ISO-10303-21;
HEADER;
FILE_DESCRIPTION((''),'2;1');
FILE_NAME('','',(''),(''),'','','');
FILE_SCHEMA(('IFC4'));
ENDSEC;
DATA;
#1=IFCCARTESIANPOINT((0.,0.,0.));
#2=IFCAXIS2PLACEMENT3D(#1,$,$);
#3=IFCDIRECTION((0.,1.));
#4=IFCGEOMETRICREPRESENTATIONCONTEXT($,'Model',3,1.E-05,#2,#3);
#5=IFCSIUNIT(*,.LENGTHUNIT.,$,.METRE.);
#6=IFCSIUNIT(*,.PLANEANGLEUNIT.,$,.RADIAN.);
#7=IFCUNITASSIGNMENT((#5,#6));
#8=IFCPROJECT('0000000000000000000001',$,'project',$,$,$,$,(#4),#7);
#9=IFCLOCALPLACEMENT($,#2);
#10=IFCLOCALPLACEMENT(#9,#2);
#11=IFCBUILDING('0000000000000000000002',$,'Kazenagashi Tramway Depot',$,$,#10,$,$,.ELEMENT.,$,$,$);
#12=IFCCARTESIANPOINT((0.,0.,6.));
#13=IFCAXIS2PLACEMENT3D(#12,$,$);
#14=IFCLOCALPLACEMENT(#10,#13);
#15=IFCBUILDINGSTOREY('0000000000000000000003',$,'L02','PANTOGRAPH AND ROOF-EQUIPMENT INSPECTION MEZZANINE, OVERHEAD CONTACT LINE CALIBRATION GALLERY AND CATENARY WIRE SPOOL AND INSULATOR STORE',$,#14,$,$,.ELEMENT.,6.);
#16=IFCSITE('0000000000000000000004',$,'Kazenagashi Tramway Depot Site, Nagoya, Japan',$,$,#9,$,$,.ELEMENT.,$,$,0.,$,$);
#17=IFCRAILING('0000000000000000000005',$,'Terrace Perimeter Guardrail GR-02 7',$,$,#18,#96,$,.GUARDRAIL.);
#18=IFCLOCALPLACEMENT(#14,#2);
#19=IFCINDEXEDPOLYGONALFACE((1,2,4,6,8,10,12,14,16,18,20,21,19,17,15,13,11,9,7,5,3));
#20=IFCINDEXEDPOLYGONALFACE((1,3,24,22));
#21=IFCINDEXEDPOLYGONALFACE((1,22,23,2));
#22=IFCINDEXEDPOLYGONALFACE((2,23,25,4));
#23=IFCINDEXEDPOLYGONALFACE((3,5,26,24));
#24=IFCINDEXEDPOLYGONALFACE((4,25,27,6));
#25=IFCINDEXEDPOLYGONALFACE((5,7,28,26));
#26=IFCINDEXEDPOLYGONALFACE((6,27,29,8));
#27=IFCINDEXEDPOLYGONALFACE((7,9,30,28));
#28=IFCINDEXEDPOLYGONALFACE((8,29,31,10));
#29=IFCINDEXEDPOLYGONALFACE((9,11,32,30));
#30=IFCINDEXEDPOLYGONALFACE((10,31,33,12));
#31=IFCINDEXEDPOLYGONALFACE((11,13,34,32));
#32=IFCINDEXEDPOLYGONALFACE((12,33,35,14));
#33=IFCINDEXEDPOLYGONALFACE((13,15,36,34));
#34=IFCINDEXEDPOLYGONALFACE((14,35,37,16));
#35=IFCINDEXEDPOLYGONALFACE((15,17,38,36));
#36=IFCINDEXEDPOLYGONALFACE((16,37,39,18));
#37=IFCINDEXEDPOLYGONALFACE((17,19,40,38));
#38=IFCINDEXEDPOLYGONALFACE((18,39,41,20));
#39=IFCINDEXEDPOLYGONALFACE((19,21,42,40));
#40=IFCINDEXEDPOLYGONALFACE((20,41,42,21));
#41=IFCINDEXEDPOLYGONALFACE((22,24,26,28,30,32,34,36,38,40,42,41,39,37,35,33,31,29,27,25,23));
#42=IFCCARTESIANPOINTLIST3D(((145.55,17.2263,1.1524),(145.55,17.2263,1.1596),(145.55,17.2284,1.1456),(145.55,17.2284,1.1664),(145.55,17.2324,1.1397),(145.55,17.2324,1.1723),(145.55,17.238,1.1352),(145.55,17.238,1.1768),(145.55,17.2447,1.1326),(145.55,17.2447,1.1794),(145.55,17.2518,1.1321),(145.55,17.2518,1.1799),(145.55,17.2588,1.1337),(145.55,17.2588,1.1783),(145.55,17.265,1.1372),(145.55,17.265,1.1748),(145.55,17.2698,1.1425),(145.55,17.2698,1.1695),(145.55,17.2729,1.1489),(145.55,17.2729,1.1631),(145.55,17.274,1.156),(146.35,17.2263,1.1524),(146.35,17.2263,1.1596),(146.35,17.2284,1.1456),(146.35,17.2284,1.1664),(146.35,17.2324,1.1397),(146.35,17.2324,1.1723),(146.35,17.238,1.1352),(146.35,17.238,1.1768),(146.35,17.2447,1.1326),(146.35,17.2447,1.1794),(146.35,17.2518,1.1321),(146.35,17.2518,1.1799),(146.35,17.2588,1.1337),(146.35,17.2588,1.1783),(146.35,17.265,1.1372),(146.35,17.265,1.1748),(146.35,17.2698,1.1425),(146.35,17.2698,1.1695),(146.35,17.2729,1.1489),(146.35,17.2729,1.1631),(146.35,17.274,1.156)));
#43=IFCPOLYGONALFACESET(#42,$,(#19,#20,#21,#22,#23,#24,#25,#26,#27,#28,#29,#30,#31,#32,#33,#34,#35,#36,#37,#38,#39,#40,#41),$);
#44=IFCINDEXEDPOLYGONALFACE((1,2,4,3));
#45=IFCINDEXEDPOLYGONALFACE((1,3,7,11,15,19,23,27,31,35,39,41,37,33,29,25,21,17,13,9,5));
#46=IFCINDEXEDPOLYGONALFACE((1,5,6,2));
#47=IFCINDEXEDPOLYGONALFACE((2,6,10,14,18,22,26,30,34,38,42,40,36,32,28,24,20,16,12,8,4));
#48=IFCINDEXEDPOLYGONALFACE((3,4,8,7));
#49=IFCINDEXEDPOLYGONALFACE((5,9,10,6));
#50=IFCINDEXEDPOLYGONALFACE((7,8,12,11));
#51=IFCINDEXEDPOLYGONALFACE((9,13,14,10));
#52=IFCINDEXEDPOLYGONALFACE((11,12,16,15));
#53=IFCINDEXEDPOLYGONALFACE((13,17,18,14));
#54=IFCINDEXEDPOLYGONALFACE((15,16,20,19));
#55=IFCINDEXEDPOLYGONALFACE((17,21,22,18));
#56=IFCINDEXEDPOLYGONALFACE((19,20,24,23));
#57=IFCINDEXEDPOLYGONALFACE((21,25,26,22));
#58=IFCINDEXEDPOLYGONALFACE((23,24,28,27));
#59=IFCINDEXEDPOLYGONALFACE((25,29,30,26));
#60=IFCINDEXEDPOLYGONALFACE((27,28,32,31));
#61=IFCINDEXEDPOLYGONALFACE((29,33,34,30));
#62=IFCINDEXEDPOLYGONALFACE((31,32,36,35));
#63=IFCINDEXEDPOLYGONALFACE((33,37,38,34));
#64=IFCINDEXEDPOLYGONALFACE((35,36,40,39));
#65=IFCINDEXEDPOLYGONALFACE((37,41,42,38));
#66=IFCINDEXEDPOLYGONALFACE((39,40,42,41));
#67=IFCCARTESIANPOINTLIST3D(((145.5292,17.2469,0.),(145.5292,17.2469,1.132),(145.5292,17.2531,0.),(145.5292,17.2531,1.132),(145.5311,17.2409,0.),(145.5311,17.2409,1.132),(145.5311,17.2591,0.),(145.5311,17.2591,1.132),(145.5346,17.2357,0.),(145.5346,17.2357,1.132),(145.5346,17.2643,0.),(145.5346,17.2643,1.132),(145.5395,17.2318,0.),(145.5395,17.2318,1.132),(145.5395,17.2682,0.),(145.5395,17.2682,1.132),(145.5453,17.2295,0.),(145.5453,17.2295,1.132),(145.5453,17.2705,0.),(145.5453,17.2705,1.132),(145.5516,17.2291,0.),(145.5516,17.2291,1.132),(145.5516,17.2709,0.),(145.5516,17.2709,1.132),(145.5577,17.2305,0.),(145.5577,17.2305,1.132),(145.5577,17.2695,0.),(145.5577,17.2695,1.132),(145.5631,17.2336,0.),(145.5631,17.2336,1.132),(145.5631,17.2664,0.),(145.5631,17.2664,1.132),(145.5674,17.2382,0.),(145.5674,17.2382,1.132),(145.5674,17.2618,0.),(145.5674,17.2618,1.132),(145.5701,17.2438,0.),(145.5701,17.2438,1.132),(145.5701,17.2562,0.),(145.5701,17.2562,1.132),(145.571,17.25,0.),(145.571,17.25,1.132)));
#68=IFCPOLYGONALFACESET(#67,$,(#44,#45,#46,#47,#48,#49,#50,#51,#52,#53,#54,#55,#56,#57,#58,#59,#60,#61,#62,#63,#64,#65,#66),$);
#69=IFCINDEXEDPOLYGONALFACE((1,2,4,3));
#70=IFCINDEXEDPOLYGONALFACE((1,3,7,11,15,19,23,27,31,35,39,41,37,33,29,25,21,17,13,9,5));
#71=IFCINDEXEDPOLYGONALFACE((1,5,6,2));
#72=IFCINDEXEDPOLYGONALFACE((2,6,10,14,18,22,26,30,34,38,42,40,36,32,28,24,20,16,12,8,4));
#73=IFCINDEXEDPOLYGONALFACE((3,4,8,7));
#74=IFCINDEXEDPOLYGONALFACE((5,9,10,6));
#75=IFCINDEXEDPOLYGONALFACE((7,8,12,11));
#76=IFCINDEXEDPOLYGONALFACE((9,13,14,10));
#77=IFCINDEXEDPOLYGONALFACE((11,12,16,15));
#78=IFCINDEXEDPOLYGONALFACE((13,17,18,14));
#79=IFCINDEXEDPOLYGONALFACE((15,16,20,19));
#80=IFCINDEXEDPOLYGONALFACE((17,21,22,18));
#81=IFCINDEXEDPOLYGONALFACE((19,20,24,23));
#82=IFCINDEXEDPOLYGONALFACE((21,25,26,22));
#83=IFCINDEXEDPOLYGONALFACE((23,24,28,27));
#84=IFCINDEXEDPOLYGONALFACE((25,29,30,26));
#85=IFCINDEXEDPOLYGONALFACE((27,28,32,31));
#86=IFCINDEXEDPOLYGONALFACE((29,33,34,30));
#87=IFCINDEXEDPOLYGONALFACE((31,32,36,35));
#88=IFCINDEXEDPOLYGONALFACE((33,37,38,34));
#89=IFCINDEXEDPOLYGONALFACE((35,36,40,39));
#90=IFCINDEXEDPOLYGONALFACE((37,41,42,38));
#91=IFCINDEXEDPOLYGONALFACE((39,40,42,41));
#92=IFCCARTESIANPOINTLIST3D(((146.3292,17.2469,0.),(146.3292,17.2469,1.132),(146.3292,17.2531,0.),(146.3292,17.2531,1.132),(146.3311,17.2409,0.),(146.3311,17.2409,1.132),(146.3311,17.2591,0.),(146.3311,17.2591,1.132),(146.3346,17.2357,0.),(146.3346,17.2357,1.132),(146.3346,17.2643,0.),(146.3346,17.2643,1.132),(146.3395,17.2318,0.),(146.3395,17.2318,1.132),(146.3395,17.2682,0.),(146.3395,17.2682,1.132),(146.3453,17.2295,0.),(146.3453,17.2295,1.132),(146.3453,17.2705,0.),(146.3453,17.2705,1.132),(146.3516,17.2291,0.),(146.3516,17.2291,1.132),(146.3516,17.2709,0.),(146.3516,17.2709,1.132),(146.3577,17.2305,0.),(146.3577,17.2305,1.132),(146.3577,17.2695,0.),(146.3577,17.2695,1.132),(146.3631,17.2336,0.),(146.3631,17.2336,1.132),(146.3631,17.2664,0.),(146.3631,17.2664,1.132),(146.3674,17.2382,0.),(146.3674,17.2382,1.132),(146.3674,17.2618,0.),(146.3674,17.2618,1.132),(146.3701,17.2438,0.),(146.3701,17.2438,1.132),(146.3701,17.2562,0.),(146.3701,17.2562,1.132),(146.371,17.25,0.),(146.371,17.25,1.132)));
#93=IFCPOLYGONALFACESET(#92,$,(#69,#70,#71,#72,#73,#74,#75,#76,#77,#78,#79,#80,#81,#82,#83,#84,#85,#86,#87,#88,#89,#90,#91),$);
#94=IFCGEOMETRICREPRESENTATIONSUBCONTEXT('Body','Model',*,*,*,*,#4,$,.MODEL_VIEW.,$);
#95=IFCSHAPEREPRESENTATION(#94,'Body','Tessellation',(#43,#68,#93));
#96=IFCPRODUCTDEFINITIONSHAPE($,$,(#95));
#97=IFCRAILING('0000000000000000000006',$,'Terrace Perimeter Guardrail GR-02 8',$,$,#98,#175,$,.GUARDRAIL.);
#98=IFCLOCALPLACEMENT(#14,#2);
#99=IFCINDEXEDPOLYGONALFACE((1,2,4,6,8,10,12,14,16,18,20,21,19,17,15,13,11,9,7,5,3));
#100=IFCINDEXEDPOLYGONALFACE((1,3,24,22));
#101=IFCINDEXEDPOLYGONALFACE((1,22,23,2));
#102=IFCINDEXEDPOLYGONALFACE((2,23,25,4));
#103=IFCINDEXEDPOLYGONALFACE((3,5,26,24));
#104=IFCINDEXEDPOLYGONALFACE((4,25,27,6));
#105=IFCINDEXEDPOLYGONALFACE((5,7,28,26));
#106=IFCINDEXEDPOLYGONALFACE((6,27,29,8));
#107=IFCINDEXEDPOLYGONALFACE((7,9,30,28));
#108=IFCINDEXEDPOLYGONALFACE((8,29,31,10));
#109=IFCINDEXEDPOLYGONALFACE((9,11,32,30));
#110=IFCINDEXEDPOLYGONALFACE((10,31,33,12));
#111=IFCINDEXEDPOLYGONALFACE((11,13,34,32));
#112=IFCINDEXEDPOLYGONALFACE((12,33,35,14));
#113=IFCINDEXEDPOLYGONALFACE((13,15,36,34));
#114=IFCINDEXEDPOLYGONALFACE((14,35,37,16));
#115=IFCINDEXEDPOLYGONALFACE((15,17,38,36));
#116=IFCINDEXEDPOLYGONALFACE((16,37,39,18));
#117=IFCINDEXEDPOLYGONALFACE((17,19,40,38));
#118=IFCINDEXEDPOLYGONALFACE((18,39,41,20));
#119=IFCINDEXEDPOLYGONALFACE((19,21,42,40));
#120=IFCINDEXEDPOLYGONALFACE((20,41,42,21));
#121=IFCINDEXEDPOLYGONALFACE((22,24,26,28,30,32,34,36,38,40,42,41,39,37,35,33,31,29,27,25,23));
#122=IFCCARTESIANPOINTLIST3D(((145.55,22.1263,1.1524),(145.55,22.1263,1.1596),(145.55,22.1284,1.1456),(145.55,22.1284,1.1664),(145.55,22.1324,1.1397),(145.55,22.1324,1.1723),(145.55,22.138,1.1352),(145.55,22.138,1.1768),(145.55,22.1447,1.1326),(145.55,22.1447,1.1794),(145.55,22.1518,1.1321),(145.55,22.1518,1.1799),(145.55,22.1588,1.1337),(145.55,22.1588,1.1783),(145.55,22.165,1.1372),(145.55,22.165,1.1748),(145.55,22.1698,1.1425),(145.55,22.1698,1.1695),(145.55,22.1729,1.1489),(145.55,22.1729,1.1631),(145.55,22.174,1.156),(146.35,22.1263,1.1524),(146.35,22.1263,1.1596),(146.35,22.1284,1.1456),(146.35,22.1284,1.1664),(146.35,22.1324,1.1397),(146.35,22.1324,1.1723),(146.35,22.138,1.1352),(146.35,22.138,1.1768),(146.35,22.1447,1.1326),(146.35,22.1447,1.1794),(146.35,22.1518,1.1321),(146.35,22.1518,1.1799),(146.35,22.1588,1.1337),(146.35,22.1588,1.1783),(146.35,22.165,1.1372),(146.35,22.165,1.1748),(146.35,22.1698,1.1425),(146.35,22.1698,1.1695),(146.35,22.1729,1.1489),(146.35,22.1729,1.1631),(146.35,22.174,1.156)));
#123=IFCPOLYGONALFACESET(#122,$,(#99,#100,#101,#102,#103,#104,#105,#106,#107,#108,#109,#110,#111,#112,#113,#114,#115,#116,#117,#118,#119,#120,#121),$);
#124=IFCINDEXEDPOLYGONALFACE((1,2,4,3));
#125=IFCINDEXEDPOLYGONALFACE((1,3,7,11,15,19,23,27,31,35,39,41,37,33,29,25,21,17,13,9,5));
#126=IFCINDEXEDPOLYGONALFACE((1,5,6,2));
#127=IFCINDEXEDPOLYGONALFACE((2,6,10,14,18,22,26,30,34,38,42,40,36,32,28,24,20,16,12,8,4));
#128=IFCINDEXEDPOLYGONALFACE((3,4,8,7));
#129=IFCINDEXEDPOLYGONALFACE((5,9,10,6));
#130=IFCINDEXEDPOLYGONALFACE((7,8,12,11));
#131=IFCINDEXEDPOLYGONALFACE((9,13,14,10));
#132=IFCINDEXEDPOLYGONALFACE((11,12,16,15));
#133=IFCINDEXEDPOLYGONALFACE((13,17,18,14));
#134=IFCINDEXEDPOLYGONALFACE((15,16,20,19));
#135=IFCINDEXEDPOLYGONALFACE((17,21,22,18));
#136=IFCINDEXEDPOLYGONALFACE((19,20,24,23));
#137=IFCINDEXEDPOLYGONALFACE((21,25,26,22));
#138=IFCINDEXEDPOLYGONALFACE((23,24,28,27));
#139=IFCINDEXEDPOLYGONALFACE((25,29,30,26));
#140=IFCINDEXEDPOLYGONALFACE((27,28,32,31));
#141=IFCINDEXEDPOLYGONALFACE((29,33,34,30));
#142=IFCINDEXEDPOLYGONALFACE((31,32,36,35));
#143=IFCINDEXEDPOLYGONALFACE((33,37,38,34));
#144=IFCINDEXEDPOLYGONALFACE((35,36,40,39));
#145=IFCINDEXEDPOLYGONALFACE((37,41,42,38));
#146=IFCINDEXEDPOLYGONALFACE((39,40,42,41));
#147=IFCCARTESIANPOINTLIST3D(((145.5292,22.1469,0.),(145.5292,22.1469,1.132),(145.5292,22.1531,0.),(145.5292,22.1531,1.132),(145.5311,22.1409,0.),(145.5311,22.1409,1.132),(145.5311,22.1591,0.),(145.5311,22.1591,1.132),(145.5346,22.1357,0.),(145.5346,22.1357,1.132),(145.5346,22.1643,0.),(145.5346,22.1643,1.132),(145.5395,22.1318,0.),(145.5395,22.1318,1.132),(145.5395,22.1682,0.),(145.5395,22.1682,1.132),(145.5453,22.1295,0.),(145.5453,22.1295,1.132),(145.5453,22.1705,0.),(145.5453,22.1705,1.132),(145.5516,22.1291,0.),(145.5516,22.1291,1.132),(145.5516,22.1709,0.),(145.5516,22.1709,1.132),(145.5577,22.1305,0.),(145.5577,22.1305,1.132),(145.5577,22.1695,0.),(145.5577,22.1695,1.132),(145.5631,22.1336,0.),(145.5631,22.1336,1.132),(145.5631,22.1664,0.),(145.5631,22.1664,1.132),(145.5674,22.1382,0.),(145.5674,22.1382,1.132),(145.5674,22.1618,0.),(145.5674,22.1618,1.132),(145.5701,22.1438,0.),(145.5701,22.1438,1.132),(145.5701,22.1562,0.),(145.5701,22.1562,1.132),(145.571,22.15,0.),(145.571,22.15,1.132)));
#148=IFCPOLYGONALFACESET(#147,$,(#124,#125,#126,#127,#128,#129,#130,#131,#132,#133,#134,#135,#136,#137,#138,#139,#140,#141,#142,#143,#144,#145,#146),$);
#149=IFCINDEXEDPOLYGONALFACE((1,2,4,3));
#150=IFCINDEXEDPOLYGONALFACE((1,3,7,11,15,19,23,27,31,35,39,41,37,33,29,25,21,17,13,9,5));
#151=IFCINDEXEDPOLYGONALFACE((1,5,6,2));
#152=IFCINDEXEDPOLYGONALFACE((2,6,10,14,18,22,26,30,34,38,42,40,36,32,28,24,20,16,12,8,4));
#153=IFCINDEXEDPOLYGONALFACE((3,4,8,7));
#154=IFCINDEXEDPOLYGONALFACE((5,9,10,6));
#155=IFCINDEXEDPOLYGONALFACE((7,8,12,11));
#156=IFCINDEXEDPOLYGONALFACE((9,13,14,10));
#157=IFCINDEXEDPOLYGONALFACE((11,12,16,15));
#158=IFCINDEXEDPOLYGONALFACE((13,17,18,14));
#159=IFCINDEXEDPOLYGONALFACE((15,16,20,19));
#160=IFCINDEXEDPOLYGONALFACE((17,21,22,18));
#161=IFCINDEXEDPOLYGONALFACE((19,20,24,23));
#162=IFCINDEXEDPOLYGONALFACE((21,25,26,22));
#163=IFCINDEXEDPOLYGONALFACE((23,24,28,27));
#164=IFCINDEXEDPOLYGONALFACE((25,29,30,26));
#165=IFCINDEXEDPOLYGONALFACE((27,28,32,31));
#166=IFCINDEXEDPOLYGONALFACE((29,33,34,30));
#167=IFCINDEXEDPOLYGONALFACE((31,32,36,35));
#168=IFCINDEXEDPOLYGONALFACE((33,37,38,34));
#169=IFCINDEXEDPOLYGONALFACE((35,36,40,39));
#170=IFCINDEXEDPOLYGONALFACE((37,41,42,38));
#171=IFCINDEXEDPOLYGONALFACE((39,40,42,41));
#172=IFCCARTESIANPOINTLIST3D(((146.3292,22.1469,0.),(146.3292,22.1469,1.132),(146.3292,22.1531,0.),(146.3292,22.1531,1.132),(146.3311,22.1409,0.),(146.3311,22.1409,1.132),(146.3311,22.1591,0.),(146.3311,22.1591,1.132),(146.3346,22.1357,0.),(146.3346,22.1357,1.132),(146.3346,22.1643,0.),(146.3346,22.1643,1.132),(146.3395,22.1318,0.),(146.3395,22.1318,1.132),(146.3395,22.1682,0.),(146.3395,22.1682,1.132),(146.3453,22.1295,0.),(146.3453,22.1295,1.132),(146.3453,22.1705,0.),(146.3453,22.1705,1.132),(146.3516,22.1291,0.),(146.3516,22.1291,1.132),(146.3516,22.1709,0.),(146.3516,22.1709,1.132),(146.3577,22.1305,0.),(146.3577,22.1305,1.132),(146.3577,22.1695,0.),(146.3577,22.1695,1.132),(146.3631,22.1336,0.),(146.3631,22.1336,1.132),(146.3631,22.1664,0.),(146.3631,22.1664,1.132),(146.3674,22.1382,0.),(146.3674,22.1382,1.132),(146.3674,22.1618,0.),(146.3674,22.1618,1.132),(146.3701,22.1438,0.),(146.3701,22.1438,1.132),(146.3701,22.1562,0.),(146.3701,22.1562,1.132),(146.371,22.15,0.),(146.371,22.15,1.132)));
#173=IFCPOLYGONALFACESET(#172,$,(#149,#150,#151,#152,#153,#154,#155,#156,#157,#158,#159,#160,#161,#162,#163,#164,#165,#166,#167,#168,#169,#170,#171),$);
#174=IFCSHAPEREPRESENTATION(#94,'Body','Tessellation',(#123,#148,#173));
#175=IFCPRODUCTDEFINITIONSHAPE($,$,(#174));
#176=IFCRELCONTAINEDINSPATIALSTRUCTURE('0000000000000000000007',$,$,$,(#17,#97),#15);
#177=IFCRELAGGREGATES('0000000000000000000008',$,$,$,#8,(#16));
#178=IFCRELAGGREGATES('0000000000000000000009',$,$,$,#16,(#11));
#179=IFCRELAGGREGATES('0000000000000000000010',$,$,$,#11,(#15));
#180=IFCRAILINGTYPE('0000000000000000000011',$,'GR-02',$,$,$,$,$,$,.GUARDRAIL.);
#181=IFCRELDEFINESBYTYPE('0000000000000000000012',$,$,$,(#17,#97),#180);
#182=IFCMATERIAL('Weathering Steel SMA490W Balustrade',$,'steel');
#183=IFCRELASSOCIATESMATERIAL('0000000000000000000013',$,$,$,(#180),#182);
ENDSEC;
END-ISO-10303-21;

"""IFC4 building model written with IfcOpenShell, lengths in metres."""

from ifc_helpers import new_model, si_unit, direction, frame, origin, origin_2d, place, context, subcontext, project, spatial, circle, extrude, material, type_object, element, save


model = new_model("IFC4")

# Units and contexts
model_context = context("Model", 3, precision=1e-05, world=origin(), true_north=direction((0.0, 1.0)))
body_context = subcontext(model_context, "Body", "Model", "MODEL_VIEW")
ifc_project = project(units=[si_unit("LENGTHUNIT", "METRE"), si_unit("PLANEANGLEUNIT", "RADIAN")], contexts=[model_context])

# Site, building, storey
site_placement = place(None, origin())
site = spatial("IfcSite", under=ifc_project, at=site_placement, Name="Kazenagashi Tramway Depot Site, Nagoya, Japan", CompositionType="ELEMENT", RefElevation=0.0)
building_placement = place(site_placement, origin())
building = spatial("IfcBuilding", under=site, at=building_placement, Name="Kazenagashi Tramway Depot", CompositionType="ELEMENT")
storey_placement = place(building_placement, frame((0.0, 0.0, 6.0)))
storey = spatial("IfcBuildingStorey", under=building, at=storey_placement, Name="L02", Description="PANTOGRAPH AND ROOF-EQUIPMENT INSPECTION MEZZANINE, OVERHEAD CONTACT LINE CALIBRATION GALLERY AND CATENARY WIRE SPOOL AND INSULATOR STORE", CompositionType="ELEMENT", Elevation=6.0)

# Railings
ifc_material_1 = material(Name="Weathering Steel SMA490W Balustrade", Category="steel")
railing_type = type_object("IfcRailingType", Name="GR-02", PredefinedType="GUARDRAIL", material=ifc_material_1)
for number, where, name in (
    (1, (145.55, 17.25, 0.0), "Terrace Perimeter Guardrail GR-02 7"),
    (2, (145.55, 22.15, 0.0), "Terrace Perimeter Guardrail GR-02 8"),
):
    element("IfcRailing", number, at=place(storey_placement, frame(where)), inside=storey, type_object=railing_type, Name=name, PredefinedType="GUARDRAIL", context=body_context, shape_type="SweptSolid", body=[
        extrude(circle(Radius=0.024, at=origin_2d()), frame((0.0, 0.0, 1.156), z_axis=(1.0, 0.0, 0.0), x_axis=(0.0, 1.0, 0.0)), (0.0, 0.0, 1.0), 0.8),
        extrude(circle(Radius=0.021, at=origin_2d()), origin(), (0.0, 0.0, 1.0), 1.132),
        extrude(circle(Radius=0.021, at=origin_2d()), frame((0.8, 0.0, 0.0)), (0.0, 0.0, 1.0), 1.132),
    ])

save(model, "model.ifc")
